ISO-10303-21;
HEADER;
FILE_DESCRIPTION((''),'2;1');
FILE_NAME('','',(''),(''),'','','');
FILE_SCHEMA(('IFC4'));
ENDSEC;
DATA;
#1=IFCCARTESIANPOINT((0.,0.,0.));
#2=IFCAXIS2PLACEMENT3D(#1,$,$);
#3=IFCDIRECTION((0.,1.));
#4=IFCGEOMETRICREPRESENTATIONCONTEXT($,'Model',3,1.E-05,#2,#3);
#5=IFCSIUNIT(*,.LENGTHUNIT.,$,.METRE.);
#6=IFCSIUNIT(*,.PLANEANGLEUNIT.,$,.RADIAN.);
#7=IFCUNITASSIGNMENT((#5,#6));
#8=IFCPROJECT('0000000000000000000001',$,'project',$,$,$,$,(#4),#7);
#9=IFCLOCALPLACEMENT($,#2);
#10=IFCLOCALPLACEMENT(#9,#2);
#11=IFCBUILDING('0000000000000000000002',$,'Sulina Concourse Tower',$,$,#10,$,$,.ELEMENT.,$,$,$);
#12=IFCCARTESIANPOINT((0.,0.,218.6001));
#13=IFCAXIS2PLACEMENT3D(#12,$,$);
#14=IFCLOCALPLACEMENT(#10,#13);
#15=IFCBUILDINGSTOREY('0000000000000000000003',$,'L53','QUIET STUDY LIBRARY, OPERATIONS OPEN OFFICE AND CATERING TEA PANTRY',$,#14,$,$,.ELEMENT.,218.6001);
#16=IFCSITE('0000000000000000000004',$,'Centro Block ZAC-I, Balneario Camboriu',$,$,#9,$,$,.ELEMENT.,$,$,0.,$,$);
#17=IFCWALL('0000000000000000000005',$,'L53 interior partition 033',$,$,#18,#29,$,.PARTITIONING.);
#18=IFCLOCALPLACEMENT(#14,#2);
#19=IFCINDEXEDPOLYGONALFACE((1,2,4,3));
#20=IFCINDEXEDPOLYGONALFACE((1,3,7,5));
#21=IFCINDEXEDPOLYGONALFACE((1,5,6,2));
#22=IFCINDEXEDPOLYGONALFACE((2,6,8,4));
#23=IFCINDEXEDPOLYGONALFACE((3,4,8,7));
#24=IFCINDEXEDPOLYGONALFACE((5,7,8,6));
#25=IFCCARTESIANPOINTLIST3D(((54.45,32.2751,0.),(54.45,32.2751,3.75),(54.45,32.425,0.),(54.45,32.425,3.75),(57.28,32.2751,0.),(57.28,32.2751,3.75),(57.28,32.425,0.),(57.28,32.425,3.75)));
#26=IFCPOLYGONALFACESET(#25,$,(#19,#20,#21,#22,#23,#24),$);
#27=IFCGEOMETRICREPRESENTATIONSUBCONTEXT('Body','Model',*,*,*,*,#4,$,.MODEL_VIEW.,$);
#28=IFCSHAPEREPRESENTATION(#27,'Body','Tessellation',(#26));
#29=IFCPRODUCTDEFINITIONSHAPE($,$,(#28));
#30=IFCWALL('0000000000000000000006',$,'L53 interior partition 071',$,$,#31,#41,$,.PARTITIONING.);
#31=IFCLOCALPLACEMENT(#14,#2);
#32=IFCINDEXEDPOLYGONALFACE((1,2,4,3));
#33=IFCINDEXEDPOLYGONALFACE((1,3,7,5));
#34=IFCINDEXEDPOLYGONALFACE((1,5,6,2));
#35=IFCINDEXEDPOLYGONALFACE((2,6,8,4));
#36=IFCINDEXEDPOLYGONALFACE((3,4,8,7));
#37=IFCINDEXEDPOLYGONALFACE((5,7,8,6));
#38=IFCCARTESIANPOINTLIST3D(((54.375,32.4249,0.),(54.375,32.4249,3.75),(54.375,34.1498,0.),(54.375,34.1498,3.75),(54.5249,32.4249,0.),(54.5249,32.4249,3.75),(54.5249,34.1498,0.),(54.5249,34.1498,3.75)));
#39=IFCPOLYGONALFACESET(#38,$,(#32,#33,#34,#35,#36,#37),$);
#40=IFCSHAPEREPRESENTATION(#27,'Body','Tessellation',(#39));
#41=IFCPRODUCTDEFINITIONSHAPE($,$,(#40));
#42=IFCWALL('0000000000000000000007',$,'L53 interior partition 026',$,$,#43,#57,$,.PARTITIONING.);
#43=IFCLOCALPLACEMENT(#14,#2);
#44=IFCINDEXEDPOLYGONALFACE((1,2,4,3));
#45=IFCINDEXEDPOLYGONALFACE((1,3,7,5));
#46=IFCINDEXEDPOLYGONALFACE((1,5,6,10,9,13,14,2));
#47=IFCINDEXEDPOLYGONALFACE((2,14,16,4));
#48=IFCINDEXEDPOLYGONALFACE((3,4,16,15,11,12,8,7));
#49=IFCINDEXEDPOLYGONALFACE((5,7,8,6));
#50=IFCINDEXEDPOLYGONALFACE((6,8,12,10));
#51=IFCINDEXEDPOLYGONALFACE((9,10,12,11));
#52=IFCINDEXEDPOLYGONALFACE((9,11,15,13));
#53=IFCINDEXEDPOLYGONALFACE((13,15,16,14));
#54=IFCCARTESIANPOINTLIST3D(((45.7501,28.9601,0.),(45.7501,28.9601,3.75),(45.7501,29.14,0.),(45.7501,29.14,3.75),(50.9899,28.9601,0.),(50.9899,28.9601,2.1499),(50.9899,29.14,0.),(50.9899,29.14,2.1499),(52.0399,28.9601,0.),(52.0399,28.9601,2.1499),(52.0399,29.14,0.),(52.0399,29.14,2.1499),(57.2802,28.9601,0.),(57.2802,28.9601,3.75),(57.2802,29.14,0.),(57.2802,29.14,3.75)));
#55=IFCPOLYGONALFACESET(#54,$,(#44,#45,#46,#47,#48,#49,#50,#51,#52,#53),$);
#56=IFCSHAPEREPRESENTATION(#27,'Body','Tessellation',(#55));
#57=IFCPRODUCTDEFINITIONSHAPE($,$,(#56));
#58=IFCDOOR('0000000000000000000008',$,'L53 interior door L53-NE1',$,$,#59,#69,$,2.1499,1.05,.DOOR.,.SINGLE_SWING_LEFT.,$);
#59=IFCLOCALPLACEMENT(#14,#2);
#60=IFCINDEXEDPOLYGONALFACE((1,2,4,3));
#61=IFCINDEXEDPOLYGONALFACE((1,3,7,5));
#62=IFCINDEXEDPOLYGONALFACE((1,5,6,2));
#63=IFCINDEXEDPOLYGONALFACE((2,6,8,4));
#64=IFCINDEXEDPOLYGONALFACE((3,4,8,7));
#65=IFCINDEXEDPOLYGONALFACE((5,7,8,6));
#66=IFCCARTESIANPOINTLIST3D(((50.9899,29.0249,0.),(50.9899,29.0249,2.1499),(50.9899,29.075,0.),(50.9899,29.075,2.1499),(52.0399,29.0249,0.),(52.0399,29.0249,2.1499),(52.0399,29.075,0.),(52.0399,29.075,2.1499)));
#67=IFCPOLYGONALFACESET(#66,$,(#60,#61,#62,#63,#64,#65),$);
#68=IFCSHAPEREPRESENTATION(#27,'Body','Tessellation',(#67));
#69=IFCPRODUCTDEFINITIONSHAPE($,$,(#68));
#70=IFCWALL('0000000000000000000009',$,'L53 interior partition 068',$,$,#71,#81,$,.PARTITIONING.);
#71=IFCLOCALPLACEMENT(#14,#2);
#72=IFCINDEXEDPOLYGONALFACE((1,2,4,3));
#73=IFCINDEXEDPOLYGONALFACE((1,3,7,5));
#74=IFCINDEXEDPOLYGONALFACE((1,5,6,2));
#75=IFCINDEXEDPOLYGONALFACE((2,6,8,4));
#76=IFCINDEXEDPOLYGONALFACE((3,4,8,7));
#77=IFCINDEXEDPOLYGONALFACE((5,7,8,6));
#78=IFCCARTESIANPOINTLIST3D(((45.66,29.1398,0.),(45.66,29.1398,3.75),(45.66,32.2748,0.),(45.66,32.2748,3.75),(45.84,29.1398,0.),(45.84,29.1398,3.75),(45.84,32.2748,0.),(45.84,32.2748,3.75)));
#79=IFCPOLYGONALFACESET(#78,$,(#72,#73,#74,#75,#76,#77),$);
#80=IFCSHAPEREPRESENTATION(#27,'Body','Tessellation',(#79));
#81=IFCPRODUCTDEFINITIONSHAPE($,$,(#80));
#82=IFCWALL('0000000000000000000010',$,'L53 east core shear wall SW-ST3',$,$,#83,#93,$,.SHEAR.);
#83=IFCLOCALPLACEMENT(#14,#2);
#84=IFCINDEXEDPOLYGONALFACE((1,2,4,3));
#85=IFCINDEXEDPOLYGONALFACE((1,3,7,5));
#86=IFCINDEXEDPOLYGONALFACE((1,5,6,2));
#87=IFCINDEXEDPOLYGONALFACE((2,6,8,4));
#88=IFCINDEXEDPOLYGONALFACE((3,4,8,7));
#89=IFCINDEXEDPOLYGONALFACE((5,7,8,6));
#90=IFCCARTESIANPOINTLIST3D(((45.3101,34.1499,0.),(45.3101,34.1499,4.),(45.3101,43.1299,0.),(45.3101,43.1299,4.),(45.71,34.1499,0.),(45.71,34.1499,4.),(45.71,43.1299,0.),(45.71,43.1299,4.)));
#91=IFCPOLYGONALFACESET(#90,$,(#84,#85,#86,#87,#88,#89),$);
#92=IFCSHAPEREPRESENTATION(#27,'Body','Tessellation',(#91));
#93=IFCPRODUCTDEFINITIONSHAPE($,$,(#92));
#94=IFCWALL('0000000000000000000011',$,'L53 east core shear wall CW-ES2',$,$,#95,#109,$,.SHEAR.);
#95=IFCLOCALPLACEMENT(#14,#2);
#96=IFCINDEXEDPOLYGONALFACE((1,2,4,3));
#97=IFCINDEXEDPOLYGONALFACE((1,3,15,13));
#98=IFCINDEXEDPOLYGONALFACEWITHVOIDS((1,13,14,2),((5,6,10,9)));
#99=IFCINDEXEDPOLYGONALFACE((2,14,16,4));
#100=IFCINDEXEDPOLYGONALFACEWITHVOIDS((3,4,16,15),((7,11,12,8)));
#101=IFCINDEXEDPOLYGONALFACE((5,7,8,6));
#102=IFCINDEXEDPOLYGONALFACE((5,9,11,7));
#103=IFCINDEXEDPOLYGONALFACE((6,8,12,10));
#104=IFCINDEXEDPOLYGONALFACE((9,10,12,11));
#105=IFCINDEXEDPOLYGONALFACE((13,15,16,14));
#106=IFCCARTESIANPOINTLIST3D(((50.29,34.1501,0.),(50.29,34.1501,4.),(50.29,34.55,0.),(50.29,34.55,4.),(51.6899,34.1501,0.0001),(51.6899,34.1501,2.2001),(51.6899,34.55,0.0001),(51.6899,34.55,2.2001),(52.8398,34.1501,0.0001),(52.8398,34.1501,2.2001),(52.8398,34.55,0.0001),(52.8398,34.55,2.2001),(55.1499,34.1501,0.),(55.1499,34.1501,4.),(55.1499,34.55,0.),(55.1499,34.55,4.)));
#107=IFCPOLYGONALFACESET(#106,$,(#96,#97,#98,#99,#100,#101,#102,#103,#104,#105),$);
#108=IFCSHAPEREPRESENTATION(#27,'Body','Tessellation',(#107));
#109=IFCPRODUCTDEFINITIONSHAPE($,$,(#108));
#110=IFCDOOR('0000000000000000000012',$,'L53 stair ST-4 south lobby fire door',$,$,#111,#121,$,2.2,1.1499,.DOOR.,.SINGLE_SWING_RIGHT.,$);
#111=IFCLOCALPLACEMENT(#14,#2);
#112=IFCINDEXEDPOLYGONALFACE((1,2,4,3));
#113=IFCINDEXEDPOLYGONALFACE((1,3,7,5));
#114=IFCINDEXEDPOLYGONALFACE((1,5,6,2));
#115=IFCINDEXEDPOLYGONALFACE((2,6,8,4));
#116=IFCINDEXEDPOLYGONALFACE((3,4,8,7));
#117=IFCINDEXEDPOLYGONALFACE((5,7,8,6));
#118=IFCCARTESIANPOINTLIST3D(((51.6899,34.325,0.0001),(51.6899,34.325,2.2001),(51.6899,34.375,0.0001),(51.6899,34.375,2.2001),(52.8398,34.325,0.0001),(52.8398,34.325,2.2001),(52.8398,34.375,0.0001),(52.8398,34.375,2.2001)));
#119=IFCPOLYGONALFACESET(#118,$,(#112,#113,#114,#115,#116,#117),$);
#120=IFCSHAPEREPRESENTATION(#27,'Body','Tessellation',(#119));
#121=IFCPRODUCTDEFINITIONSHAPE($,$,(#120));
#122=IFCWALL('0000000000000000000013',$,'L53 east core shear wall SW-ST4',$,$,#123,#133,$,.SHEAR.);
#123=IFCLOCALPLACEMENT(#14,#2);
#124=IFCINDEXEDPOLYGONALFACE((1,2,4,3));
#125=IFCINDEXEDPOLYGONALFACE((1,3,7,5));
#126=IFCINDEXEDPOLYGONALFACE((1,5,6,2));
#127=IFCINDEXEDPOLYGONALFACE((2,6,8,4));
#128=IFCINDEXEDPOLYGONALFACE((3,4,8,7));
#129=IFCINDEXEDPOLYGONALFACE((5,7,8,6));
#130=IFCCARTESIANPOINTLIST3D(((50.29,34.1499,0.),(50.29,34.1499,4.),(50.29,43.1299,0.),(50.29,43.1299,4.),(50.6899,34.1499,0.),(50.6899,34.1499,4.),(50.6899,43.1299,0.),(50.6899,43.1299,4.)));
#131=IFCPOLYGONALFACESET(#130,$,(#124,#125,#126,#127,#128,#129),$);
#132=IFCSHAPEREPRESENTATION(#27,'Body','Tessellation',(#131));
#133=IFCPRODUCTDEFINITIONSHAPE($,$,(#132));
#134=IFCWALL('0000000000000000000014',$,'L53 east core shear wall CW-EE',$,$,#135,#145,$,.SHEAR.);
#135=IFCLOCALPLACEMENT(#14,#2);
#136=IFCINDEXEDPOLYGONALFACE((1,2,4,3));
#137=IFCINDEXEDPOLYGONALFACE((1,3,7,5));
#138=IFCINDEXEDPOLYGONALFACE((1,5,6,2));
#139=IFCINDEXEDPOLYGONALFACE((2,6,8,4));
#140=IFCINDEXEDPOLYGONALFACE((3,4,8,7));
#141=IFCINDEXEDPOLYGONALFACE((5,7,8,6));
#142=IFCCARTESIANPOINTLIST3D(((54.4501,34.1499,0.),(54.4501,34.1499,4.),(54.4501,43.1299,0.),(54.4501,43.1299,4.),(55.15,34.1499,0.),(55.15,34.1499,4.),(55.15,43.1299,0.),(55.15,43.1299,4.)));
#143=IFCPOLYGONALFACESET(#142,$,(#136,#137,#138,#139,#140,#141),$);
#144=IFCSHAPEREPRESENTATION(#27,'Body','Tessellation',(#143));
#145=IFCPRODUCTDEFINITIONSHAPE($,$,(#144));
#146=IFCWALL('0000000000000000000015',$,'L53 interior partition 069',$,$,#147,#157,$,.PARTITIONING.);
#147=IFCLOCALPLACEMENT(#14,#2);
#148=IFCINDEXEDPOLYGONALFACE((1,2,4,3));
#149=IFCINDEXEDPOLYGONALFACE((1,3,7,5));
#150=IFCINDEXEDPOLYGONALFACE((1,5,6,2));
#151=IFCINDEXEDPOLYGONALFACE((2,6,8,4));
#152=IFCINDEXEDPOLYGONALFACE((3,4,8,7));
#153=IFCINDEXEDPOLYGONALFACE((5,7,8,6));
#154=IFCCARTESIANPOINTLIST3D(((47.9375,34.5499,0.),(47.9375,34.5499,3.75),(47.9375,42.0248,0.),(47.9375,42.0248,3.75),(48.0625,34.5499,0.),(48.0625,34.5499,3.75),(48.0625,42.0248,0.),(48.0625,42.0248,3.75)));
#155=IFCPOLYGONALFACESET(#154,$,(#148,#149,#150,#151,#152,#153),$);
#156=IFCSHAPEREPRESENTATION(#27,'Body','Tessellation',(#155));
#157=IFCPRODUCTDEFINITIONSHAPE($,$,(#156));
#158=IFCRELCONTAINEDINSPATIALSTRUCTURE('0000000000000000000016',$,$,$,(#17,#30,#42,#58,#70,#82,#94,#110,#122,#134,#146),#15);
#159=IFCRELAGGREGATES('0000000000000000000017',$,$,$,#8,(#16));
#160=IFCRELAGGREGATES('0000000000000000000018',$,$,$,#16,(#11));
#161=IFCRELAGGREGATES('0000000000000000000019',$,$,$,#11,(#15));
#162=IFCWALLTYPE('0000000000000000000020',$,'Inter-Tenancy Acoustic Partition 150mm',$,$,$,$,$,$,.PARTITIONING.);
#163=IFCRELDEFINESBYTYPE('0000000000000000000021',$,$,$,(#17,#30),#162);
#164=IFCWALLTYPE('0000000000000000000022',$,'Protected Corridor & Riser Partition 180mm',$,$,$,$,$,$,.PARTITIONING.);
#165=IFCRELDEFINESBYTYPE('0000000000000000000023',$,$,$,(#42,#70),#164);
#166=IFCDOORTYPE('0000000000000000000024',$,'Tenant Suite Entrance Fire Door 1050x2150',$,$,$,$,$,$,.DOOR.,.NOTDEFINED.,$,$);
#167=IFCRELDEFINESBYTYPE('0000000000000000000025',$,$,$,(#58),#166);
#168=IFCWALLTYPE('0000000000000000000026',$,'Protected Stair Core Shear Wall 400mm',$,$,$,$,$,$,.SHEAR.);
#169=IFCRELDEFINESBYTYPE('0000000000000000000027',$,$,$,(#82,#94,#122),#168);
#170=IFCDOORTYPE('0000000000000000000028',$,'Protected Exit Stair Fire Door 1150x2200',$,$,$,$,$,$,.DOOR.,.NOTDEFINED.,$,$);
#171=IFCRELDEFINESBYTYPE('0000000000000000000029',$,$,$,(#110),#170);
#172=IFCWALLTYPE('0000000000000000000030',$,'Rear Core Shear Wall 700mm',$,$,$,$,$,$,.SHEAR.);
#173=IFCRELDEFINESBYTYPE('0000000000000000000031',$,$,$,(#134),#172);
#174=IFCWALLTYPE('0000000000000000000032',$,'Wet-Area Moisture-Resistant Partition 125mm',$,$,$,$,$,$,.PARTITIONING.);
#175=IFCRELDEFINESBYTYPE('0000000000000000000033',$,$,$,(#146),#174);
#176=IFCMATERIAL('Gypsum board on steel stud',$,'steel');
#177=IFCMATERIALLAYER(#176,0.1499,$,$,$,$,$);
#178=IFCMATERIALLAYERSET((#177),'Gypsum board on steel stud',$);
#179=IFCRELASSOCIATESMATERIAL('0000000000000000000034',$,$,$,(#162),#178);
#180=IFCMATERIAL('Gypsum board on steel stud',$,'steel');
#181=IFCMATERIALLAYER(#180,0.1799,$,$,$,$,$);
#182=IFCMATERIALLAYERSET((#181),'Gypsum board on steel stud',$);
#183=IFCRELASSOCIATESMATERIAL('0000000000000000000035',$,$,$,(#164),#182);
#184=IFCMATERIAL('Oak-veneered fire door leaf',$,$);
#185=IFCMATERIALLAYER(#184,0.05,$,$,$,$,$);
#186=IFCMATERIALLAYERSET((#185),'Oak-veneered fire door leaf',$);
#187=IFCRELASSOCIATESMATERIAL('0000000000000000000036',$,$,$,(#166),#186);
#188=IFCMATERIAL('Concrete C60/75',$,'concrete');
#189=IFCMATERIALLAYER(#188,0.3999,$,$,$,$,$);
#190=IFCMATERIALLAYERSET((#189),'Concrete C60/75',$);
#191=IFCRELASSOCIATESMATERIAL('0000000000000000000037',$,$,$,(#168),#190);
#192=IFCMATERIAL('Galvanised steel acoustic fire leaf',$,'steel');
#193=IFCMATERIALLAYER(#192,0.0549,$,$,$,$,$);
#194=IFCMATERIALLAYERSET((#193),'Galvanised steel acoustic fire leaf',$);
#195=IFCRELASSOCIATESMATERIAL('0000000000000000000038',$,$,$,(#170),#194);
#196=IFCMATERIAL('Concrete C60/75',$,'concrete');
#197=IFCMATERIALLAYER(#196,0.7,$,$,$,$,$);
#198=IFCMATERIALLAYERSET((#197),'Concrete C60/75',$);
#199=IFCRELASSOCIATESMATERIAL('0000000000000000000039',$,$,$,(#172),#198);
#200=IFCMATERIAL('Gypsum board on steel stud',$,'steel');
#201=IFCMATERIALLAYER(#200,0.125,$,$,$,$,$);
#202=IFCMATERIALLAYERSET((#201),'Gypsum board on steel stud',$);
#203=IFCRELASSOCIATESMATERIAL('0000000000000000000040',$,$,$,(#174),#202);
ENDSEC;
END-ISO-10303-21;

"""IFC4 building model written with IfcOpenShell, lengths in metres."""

from ifc_helpers import new_model, si_unit, direction, frame, frame_2d, origin, place, context, subcontext, project, spatial, rectangle, extrude, material, layer, layer_set, type_object, element, fill, save


model = new_model("IFC4")

# Units and contexts
model_context = context("Model", 3, precision=1e-05, world=origin(), true_north=direction((0.0, 1.0)))
body_context = subcontext(model_context, "Body", "Model", "MODEL_VIEW")
ifc_project = project(units=[si_unit("LENGTHUNIT", "METRE"), si_unit("PLANEANGLEUNIT", "RADIAN")], contexts=[model_context])

# Site, building, storey
site_placement = place(None, origin())
site = spatial("IfcSite", under=ifc_project, at=site_placement, Name="Centro Block ZAC-I, Balneario Camboriu", CompositionType="ELEMENT", RefElevation=0.0)
building_placement = place(site_placement, origin())
building = spatial("IfcBuilding", under=site, at=building_placement, Name="Sulina Concourse Tower", CompositionType="ELEMENT")
storey_placement = place(building_placement, frame((0.0, 0.0, 218.6001)))
storey = spatial("IfcBuildingStorey", under=building, at=storey_placement, Name="L53", Description="QUIET STUDY LIBRARY, OPERATIONS OPEN OFFICE AND CATERING TEA PANTRY", CompositionType="ELEMENT", Elevation=218.6001)

# Walls
ifc_material_1 = material(Name="Gypsum board on steel stud", Category="steel")
ifc_layer_1 = layer(ifc_material_1, 0.1499)
ifc_layer_set_1 = layer_set([ifc_layer_1], Name="Gypsum board on steel stud")
wall_type_1 = type_object("IfcWallType", Name="Inter-Tenancy Acoustic Partition 150mm", PredefinedType="PARTITIONING", material=ifc_layer_set_1)
wall_1_placement = place(storey_placement, frame((54.45, 32.3501, 0.0), z_axis=(0.0, 0.0, 1.0), x_axis=(1.0, 0.0, 0.0)))
element("IfcWall", 1, at=wall_1_placement, inside=storey, type_object=wall_type_1, Name="L53 interior partition 033", PredefinedType="PARTITIONING", context=body_context, shape_type="SweptSolid", body=[
    extrude(rectangle(XDim=2.8301, YDim=0.1499, at=frame_2d((1.415, 0.0))), origin(), (0.0, 0.0, 1.0), 3.75),
])
wall_2_placement = place(storey_placement, frame((54.45, 32.425, 0.0), z_axis=(0.0, 0.0, 1.0), x_axis=(0.0, 1.0, 0.0)))
element("IfcWall", 2, at=wall_2_placement, inside=storey, type_object=wall_type_1, Name="L53 interior partition 071", PredefinedType="PARTITIONING", context=body_context, shape_type="SweptSolid", body=[
    extrude(rectangle(XDim=1.7249, YDim=0.1499, at=frame_2d((0.8623, 0.0))), origin(), (0.0, 0.0, 1.0), 3.75),
])

# Wall, opening, door
ifc_material_2 = material(Name="Gypsum board on steel stud", Category="steel")
ifc_layer_2 = layer(ifc_material_2, 0.1799)
ifc_layer_set_2 = layer_set([ifc_layer_2], Name="Gypsum board on steel stud")
wall_type_2 = type_object("IfcWallType", Name="Protected Corridor & Riser Partition 180mm", PredefinedType="PARTITIONING", material=ifc_layer_set_2)
wall_3_placement = place(storey_placement, frame((45.75, 29.05, 0.0), z_axis=(0.0, 0.0, 1.0), x_axis=(1.0, 0.0, 0.0)))
wall_3 = element("IfcWall", 3, at=wall_3_placement, inside=storey, type_object=wall_type_2, Name="L53 interior partition 026", PredefinedType="PARTITIONING", context=body_context, shape_type="SweptSolid", body=[
    extrude(rectangle(XDim=11.53, YDim=0.1799, at=frame_2d((5.7651, 0.0))), origin(), (0.0, 0.0, 1.0), 3.75),
])
opening_1_placement = place(wall_3_placement, frame((5.24, 0.0, 0.0)))
opening_1 = element("IfcOpeningElement", 4, at=opening_1_placement, cuts=wall_3, PredefinedType="OPENING", context=body_context, shape_type="SweptSolid", body=[
    extrude(rectangle(XDim=1.05, YDim=2.1499, at=frame_2d((0.5249, 1.075))), frame((0.0, 0.0999, 0.0), z_axis=(0.0, -1.0, 0.0), x_axis=(1.0, 0.0, 0.0)), (0.0, 0.0, 1.0), 0.2),
])
ifc_material_3 = material(Name="Oak-veneered fire door leaf")
ifc_layer_3 = layer(ifc_material_3, 0.05)
ifc_layer_set_3 = layer_set([ifc_layer_3], Name="Oak-veneered fire door leaf")
door_type_1 = type_object("IfcDoorType", Name="Tenant Suite Entrance Fire Door 1050x2150", OperationType="NOTDEFINED", PredefinedType="DOOR", material=ifc_layer_set_3)
door_1_placement = place(opening_1_placement, origin())
door_1 = element("IfcDoor", 5, at=door_1_placement, inside=storey, type_object=door_type_1, Name="L53 interior door L53-NE1", OperationType="SINGLE_SWING_LEFT", OverallHeight=2.1499, OverallWidth=1.05, PredefinedType="DOOR", context=body_context, shape_type="SweptSolid", body=[
    extrude(rectangle(XDim=1.05, YDim=2.1499, at=frame_2d((0.5249, 1.075))), frame((0.0, 0.0249, 0.0), z_axis=(0.0, -1.0, 0.0), x_axis=(1.0, 0.0, 0.0)), (0.0, 0.0, 1.0), 0.05),
])
fill(opening_1, door_1)

# Walls
wall_4_placement = place(storey_placement, frame((45.75, 29.1399, 0.0), z_axis=(0.0, 0.0, 1.0), x_axis=(0.0, 1.0, 0.0)))
element("IfcWall", 6, at=wall_4_placement, inside=storey, type_object=wall_type_2, Name="L53 interior partition 068", PredefinedType="PARTITIONING", context=body_context, shape_type="SweptSolid", body=[
    extrude(rectangle(XDim=3.135, YDim=0.1799, at=frame_2d((1.5674, 0.0))), origin(), (0.0, 0.0, 1.0), 3.75),
])
ifc_material_4 = material(Name="Concrete C60/75", Category="concrete")
ifc_layer_4 = layer(ifc_material_4, 0.3999)
ifc_layer_set_4 = layer_set([ifc_layer_4], Name="Concrete C60/75")
wall_type_3 = type_object("IfcWallType", Name="Protected Stair Core Shear Wall 400mm", PredefinedType="SHEAR", material=ifc_layer_set_4)
wall_5_placement = place(storey_placement, frame((45.51, 34.1499, 0.0), z_axis=(0.0, 0.0, 1.0), x_axis=(0.0, 1.0, 0.0)))
element("IfcWall", 7, at=wall_5_placement, inside=storey, type_object=wall_type_3, Name="L53 east core shear wall SW-ST3", PredefinedType="SHEAR", context=body_context, shape_type="SweptSolid", body=[
    extrude(rectangle(XDim=8.98, YDim=0.3999, at=frame_2d((4.49, 0.0))), origin(), (0.0, 0.0, 1.0), 4.0),
])

# Wall, opening, door
wall_6_placement = place(storey_placement, frame((50.29, 34.3501, 0.0), z_axis=(0.0, 0.0, 1.0), x_axis=(1.0, 0.0, 0.0)))
wall_6 = element("IfcWall", 8, at=wall_6_placement, inside=storey, type_object=wall_type_3, Name="L53 east core shear wall CW-ES2", PredefinedType="SHEAR", context=body_context, shape_type="SweptSolid", body=[
    extrude(rectangle(XDim=4.8599, YDim=0.3999, at=frame_2d((2.4299, 0.0))), origin(), (0.0, 0.0, 1.0), 4.0),
])
opening_2_placement = place(wall_6_placement, frame((1.3999, 0.0, 0.0)))
opening_2 = element("IfcOpeningElement", 9, at=opening_2_placement, cuts=wall_6, PredefinedType="OPENING", context=body_context, shape_type="SweptSolid", body=[
    extrude(rectangle(XDim=1.1499, YDim=2.2, at=frame_2d((0.575, 1.1001))), frame((0.0, 0.21, 0.0), z_axis=(0.0, -1.0, 0.0), x_axis=(1.0, 0.0, 0.0)), (0.0, 0.0, 1.0), 0.4199),
])
ifc_material_5 = material(Name="Galvanised steel acoustic fire leaf", Category="steel")
ifc_layer_5 = layer(ifc_material_5, 0.0549)
ifc_layer_set_5 = layer_set([ifc_layer_5], Name="Galvanised steel acoustic fire leaf")
door_type_2 = type_object("IfcDoorType", Name="Protected Exit Stair Fire Door 1150x2200", OperationType="NOTDEFINED", PredefinedType="DOOR", material=ifc_layer_set_5)
door_2_placement = place(opening_2_placement, origin())
door_2 = element("IfcDoor", 10, at=door_2_placement, inside=storey, type_object=door_type_2, Name="L53 stair ST-4 south lobby fire door", OperationType="SINGLE_SWING_RIGHT", OverallHeight=2.2, OverallWidth=1.1499, PredefinedType="DOOR", context=body_context, shape_type="SweptSolid", body=[
    extrude(rectangle(XDim=1.1499, YDim=2.2, at=frame_2d((0.575, 1.1001))), frame((0.0, 0.0249, 0.0), z_axis=(0.0, -1.0, 0.0), x_axis=(1.0, 0.0, 0.0)), (0.0, 0.0, 1.0), 0.05),
])
fill(opening_2, door_2)

# Walls
wall_7_placement = place(storey_placement, frame((50.49, 34.1499, 0.0), z_axis=(0.0, 0.0, 1.0), x_axis=(0.0, 1.0, 0.0)))
element("IfcWall", 11, at=wall_7_placement, inside=storey, type_object=wall_type_3, Name="L53 east core shear wall SW-ST4", PredefinedType="SHEAR", context=body_context, shape_type="SweptSolid", body=[
    extrude(rectangle(XDim=8.98, YDim=0.3999, at=frame_2d((4.49, 0.0))), origin(), (0.0, 0.0, 1.0), 4.0),
])
ifc_material_6 = material(Name="Concrete C60/75", Category="concrete")
ifc_layer_6 = layer(ifc_material_6, 0.7)
ifc_layer_set_6 = layer_set([ifc_layer_6], Name="Concrete C60/75")
wall_type_4 = type_object("IfcWallType", Name="Rear Core Shear Wall 700mm", PredefinedType="SHEAR", material=ifc_layer_set_6)
wall_8_placement = place(storey_placement, frame((54.8, 34.1499, 0.0), z_axis=(0.0, 0.0, 1.0), x_axis=(0.0, 1.0, 0.0)))
element("IfcWall", 12, at=wall_8_placement, inside=storey, type_object=wall_type_4, Name="L53 east core shear wall CW-EE", PredefinedType="SHEAR", context=body_context, shape_type="SweptSolid", body=[
    extrude(rectangle(XDim=8.98, YDim=0.7, at=frame_2d((4.49, 0.0))), origin(), (0.0, 0.0, 1.0), 4.0),
])
ifc_material_7 = material(Name="Gypsum board on steel stud", Category="steel")
ifc_layer_7 = layer(ifc_material_7, 0.125)
ifc_layer_set_7 = layer_set([ifc_layer_7], Name="Gypsum board on steel stud")
wall_type_5 = type_object("IfcWallType", Name="Wet-Area Moisture-Resistant Partition 125mm", PredefinedType="PARTITIONING", material=ifc_layer_set_7)
wall_9_placement = place(storey_placement, frame((48.0, 34.55, 0.0), z_axis=(0.0, 0.0, 1.0), x_axis=(0.0, 1.0, 0.0)))
element("IfcWall", 13, at=wall_9_placement, inside=storey, type_object=wall_type_5, Name="L53 interior partition 069", PredefinedType="PARTITIONING", context=body_context, shape_type="SweptSolid", body=[
    extrude(rectangle(XDim=7.4749, YDim=0.125, at=frame_2d((3.7373, 0.0))), origin(), (0.0, 0.0, 1.0), 3.75),
])

save(model, "model.ifc")
